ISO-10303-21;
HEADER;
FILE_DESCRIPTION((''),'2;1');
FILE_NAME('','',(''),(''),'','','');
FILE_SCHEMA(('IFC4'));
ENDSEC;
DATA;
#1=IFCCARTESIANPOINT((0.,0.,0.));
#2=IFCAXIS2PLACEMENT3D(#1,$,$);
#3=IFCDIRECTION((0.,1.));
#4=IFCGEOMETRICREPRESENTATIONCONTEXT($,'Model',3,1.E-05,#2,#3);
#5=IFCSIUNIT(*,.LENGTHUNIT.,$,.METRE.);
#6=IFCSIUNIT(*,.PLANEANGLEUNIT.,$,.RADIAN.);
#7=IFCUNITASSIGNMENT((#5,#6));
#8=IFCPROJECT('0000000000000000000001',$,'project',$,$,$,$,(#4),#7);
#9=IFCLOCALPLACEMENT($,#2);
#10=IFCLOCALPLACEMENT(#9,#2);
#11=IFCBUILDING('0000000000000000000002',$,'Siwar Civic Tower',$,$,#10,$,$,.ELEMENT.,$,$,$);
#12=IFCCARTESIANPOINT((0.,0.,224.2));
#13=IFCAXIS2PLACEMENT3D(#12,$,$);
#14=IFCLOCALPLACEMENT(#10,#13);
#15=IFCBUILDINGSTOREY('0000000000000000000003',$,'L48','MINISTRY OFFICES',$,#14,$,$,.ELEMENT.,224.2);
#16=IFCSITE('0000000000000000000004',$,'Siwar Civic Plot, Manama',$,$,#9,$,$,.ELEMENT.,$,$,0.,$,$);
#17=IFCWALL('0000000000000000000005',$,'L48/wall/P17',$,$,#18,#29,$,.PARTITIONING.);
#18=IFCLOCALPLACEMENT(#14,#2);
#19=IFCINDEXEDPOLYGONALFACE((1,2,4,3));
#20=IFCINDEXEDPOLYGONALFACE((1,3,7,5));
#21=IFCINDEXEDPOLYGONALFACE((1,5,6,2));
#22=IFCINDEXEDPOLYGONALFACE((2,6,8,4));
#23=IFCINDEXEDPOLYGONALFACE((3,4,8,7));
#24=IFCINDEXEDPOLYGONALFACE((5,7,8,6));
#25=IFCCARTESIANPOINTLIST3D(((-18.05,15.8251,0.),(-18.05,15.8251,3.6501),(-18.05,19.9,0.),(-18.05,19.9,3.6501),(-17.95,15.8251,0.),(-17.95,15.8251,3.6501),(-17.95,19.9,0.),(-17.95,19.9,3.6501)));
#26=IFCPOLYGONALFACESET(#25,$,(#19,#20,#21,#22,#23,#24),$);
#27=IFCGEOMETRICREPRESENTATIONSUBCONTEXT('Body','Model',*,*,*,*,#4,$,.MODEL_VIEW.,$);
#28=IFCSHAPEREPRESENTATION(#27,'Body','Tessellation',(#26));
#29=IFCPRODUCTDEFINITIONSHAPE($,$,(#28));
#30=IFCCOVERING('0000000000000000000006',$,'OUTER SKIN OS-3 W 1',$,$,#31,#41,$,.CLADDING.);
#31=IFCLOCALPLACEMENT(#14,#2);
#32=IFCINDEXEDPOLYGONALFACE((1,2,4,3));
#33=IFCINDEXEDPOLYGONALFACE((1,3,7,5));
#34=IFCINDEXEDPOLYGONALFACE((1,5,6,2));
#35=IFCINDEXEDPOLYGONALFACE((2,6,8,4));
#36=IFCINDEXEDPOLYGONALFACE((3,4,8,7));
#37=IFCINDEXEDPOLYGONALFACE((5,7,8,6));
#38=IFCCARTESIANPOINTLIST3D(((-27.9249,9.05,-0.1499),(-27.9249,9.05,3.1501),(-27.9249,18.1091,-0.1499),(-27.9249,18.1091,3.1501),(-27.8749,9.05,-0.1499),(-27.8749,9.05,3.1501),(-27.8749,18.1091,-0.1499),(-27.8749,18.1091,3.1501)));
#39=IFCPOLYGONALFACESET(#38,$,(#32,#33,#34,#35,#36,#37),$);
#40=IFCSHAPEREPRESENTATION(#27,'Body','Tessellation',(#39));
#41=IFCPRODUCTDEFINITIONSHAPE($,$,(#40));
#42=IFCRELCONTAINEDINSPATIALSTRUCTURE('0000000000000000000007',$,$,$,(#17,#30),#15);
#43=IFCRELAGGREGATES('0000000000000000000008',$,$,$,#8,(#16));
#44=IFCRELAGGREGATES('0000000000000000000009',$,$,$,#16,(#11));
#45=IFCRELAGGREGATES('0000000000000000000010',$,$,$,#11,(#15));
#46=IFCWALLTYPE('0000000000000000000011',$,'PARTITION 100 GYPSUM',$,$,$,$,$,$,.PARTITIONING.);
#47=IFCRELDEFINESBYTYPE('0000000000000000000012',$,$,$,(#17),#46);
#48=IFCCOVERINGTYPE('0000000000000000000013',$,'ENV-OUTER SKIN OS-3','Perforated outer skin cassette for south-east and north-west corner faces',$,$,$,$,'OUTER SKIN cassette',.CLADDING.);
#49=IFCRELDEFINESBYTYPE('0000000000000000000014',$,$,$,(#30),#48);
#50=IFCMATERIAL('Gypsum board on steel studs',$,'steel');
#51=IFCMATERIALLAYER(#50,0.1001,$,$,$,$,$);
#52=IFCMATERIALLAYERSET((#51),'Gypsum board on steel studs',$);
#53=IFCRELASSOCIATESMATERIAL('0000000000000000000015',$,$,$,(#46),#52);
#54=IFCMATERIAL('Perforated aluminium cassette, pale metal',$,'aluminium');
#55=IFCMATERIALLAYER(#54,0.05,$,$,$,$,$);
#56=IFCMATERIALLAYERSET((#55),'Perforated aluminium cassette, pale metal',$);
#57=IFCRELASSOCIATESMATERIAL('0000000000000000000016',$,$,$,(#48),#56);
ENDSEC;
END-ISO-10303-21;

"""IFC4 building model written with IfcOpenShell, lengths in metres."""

from ifc_helpers import new_model, si_unit, direction, frame, frame_2d, origin, origin_2d, place, context, subcontext, project, spatial, rectangle, extrude, material, layer, layer_set, type_object, element, save


model = new_model("IFC4")

# Units and contexts
model_context = context("Model", 3, precision=1e-05, world=origin(), true_north=direction((0.0, 1.0)))
body_context = subcontext(model_context, "Body", "Model", "MODEL_VIEW")
ifc_project = project(units=[si_unit("LENGTHUNIT", "METRE"), si_unit("PLANEANGLEUNIT", "RADIAN")], contexts=[model_context])

# Site, building, storey
site_placement = place(None, origin())
site = spatial("IfcSite", under=ifc_project, at=site_placement, Name="Siwar Civic Plot, Manama", CompositionType="ELEMENT", RefElevation=0.0)
building_placement = place(site_placement, origin())
building = spatial("IfcBuilding", under=site, at=building_placement, Name="Siwar Civic Tower", CompositionType="ELEMENT")
storey_placement = place(building_placement, frame((0.0, 0.0, 224.2)))
storey = spatial("IfcBuildingStorey", under=building, at=storey_placement, Name="L48", Description="MINISTRY OFFICES", CompositionType="ELEMENT", Elevation=224.2)

# Wall
ifc_material_1 = material(Name="Gypsum board on steel studs", Category="steel")
ifc_layer_1 = layer(ifc_material_1, 0.1001)
ifc_layer_set_1 = layer_set([ifc_layer_1], Name="Gypsum board on steel studs")
wall_type_1 = type_object("IfcWallType", Name="PARTITION 100 GYPSUM", PredefinedType="PARTITIONING", material=ifc_layer_set_1)
wall_1_placement = place(storey_placement, frame((-18.0, 15.825, 0.0), z_axis=(0.0, 0.0, 1.0), x_axis=(0.0, 1.0, 0.0)))
element("IfcWall", 1, at=wall_1_placement, inside=storey, type_object=wall_type_1, Name="L48/wall/P17", PredefinedType="PARTITIONING", context=body_context, shape_type="SweptSolid", body=[
    extrude(rectangle(XDim=4.075, YDim=0.1001, at=frame_2d((2.0376, 0.0))), origin(), (0.0, 0.0, 1.0), 3.6501),
])

# Covering
ifc_material_2 = material(Name="Perforated aluminium cassette, pale metal", Category="aluminium")
ifc_layer_2 = layer(ifc_material_2, 0.05)
ifc_layer_set_2 = layer_set([ifc_layer_2], Name="Perforated aluminium cassette, pale metal")
covering_type = type_object("IfcCoveringType", Name="ENV-OUTER SKIN OS-3", Description="Perforated outer skin cassette for south-east and north-west corner faces", ElementType="OUTER SKIN cassette", PredefinedType="CLADDING", material=ifc_layer_set_2)
covering_placement = place(storey_placement, frame((-27.8999, 13.5796, -0.1499), z_axis=(0.0, 0.0, 1.0), x_axis=(0.0, -1.0, 0.0)))
element("IfcCovering", 2, at=covering_placement, inside=storey, type_object=covering_type, Name="OUTER SKIN OS-3 W 1", PredefinedType="CLADDING", context=body_context, shape_type="SweptSolid", body=[
    extrude(rectangle(XDim=9.0591, YDim=0.05, at=origin_2d()), origin(), (0.0, 0.0, 1.0), 3.3),
])

save(model, "model.ifc")
